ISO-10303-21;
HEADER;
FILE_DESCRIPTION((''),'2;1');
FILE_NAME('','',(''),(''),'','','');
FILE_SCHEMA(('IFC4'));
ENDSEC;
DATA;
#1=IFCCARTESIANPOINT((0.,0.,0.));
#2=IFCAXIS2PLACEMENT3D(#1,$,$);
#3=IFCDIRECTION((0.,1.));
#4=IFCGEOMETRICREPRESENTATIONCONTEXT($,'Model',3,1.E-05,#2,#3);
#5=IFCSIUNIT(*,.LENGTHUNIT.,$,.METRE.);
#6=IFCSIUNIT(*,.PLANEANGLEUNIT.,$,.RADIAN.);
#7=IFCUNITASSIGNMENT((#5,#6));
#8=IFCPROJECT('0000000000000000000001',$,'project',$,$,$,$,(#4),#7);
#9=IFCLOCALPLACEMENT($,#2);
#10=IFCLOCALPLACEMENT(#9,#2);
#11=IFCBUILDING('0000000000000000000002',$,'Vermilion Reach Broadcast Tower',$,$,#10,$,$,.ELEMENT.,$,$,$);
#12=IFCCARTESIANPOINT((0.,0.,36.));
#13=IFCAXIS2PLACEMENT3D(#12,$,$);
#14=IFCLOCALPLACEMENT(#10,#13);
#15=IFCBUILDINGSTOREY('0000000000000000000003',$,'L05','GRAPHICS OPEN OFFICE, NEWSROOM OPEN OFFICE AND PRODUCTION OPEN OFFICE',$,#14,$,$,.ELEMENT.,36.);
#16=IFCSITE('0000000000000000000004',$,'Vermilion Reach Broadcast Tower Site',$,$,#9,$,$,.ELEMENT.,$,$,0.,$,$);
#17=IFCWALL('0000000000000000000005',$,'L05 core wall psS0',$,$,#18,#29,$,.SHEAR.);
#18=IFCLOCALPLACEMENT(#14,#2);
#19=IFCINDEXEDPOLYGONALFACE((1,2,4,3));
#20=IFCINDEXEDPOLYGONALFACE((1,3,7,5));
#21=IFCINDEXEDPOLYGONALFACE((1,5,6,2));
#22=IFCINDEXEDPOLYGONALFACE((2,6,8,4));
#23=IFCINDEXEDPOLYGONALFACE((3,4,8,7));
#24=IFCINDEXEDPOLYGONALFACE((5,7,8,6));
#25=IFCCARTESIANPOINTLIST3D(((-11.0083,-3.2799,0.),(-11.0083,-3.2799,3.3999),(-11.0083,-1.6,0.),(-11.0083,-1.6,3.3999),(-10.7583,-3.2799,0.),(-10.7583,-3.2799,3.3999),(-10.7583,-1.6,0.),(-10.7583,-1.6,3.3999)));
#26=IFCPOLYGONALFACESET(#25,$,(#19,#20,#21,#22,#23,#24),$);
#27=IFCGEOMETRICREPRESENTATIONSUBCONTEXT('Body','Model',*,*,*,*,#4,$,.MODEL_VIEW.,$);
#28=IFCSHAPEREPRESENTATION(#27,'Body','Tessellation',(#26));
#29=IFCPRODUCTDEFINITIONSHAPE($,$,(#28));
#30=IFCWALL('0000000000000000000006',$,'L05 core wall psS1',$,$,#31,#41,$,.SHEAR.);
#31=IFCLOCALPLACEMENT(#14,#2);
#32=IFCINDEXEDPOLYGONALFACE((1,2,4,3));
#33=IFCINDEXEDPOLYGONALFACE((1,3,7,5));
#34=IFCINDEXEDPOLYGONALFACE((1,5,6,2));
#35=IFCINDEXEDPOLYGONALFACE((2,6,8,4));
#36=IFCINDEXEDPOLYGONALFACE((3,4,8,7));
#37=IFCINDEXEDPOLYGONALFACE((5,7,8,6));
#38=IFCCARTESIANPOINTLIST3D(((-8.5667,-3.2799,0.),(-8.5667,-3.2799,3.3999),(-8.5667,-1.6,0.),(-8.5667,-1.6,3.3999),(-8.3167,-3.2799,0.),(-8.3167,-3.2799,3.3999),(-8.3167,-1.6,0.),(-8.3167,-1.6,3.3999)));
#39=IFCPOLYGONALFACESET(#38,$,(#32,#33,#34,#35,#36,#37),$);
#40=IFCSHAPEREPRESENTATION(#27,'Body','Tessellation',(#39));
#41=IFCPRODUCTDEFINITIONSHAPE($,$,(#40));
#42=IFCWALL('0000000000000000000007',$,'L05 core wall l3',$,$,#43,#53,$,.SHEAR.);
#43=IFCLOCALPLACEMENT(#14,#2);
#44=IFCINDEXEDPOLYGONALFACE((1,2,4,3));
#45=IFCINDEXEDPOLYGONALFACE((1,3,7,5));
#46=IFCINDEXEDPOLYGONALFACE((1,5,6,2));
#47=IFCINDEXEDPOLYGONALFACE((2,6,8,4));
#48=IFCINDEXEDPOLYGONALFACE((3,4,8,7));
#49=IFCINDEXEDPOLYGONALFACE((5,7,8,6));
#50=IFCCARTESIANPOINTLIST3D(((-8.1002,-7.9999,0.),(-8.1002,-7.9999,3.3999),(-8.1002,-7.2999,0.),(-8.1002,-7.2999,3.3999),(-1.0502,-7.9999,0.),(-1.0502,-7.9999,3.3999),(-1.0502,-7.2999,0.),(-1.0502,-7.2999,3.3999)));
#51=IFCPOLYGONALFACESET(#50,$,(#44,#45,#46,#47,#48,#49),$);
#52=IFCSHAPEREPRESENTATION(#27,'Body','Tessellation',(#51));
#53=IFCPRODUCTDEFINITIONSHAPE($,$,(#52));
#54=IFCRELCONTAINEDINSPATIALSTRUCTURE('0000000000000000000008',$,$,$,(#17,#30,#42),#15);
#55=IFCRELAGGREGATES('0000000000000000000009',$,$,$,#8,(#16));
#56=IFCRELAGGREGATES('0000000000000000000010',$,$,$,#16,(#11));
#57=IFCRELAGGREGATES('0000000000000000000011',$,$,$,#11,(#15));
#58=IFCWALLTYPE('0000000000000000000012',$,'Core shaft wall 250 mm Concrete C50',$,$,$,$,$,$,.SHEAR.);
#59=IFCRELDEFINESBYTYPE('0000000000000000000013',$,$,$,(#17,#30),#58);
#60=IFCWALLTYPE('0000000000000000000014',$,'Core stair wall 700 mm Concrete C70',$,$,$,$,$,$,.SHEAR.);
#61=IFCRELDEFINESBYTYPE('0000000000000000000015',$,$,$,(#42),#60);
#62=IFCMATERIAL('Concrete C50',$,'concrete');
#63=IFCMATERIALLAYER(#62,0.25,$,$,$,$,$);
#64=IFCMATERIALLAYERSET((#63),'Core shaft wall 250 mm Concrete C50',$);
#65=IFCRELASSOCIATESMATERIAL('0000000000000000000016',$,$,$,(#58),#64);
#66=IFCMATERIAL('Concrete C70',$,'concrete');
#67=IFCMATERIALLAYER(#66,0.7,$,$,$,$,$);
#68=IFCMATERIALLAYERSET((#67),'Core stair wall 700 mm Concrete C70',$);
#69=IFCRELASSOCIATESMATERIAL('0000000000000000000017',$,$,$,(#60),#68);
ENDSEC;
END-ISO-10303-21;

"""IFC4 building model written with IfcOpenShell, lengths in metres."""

from ifc_helpers import new_model, si_unit, direction, frame, frame_2d, origin, place, context, subcontext, project, spatial, rectangle, extrude, material, layer, layer_set, type_object, element, save


model = new_model("IFC4")

# Units and contexts
model_context = context("Model", 3, precision=1e-05, world=origin(), true_north=direction((0.0, 1.0)))
body_context = subcontext(model_context, "Body", "Model", "MODEL_VIEW")
ifc_project = project(units=[si_unit("LENGTHUNIT", "METRE"), si_unit("PLANEANGLEUNIT", "RADIAN")], contexts=[model_context])

# Site, building, storey
site_placement = place(None, origin())
site = spatial("IfcSite", under=ifc_project, at=site_placement, Name="Vermilion Reach Broadcast Tower Site", CompositionType="ELEMENT", RefElevation=0.0)
building_placement = place(site_placement, origin())
building = spatial("IfcBuilding", under=site, at=building_placement, Name="Vermilion Reach Broadcast Tower", CompositionType="ELEMENT")
storey_placement = place(building_placement, frame((0.0, 0.0, 36.0)))
storey = spatial("IfcBuildingStorey", under=building, at=storey_placement, Name="L05", Description="GRAPHICS OPEN OFFICE, NEWSROOM OPEN OFFICE AND PRODUCTION OPEN OFFICE", CompositionType="ELEMENT", Elevation=36.0)

# Walls
ifc_material_1 = material(Name="Concrete C50", Category="concrete")
ifc_layer_1 = layer(ifc_material_1, 0.25)
ifc_layer_set_1 = layer_set([ifc_layer_1], Name="Core shaft wall 250 mm Concrete C50")
wall_type_1 = type_object("IfcWallType", Name="Core shaft wall 250 mm Concrete C50", PredefinedType="SHEAR", material=ifc_layer_set_1)
for number, where, z_axis, x_axis, name in (
    (1, (-10.8833, -1.6001, 0.0), (0.0, 0.0, 1.0), (0.0, -1.0, 0.0), "L05 core wall psS0"),
    (2, (-8.4417, -1.6001, 0.0), (0.0, 0.0, 1.0), (0.0, -1.0, 0.0), "L05 core wall psS1"),
):
    element("IfcWall", number, at=place(storey_placement, frame(where, z_axis=z_axis, x_axis=x_axis)), inside=storey, type_object=wall_type_1, Name=name, PredefinedType="SHEAR", context=body_context, shape_type="SweptSolid", body=[
        extrude(rectangle(XDim=1.6799, YDim=0.25, at=frame_2d((0.8398, 0.0))), origin(), (0.0, 0.0, 1.0), 3.3999),
    ])
ifc_material_2 = material(Name="Concrete C70", Category="concrete")
ifc_layer_2 = layer(ifc_material_2, 0.7)
ifc_layer_set_2 = layer_set([ifc_layer_2], Name="Core stair wall 700 mm Concrete C70")
wall_type_2 = type_object("IfcWallType", Name="Core stair wall 700 mm Concrete C70", PredefinedType="SHEAR", material=ifc_layer_set_2)
wall_1_placement = place(storey_placement, frame((-8.1001, -7.6499, 0.0), z_axis=(0.0, 0.0, 1.0), x_axis=(1.0, 0.0, 0.0)))
element("IfcWall", 3, at=wall_1_placement, inside=storey, type_object=wall_type_2, Name="L05 core wall l3", PredefinedType="SHEAR", context=body_context, shape_type="SweptSolid", body=[
    extrude(rectangle(XDim=7.05, YDim=0.7, at=frame_2d((3.5249, 0.0))), origin(), (0.0, 0.0, 1.0), 3.3999),
])

save(model, "model.ifc")
